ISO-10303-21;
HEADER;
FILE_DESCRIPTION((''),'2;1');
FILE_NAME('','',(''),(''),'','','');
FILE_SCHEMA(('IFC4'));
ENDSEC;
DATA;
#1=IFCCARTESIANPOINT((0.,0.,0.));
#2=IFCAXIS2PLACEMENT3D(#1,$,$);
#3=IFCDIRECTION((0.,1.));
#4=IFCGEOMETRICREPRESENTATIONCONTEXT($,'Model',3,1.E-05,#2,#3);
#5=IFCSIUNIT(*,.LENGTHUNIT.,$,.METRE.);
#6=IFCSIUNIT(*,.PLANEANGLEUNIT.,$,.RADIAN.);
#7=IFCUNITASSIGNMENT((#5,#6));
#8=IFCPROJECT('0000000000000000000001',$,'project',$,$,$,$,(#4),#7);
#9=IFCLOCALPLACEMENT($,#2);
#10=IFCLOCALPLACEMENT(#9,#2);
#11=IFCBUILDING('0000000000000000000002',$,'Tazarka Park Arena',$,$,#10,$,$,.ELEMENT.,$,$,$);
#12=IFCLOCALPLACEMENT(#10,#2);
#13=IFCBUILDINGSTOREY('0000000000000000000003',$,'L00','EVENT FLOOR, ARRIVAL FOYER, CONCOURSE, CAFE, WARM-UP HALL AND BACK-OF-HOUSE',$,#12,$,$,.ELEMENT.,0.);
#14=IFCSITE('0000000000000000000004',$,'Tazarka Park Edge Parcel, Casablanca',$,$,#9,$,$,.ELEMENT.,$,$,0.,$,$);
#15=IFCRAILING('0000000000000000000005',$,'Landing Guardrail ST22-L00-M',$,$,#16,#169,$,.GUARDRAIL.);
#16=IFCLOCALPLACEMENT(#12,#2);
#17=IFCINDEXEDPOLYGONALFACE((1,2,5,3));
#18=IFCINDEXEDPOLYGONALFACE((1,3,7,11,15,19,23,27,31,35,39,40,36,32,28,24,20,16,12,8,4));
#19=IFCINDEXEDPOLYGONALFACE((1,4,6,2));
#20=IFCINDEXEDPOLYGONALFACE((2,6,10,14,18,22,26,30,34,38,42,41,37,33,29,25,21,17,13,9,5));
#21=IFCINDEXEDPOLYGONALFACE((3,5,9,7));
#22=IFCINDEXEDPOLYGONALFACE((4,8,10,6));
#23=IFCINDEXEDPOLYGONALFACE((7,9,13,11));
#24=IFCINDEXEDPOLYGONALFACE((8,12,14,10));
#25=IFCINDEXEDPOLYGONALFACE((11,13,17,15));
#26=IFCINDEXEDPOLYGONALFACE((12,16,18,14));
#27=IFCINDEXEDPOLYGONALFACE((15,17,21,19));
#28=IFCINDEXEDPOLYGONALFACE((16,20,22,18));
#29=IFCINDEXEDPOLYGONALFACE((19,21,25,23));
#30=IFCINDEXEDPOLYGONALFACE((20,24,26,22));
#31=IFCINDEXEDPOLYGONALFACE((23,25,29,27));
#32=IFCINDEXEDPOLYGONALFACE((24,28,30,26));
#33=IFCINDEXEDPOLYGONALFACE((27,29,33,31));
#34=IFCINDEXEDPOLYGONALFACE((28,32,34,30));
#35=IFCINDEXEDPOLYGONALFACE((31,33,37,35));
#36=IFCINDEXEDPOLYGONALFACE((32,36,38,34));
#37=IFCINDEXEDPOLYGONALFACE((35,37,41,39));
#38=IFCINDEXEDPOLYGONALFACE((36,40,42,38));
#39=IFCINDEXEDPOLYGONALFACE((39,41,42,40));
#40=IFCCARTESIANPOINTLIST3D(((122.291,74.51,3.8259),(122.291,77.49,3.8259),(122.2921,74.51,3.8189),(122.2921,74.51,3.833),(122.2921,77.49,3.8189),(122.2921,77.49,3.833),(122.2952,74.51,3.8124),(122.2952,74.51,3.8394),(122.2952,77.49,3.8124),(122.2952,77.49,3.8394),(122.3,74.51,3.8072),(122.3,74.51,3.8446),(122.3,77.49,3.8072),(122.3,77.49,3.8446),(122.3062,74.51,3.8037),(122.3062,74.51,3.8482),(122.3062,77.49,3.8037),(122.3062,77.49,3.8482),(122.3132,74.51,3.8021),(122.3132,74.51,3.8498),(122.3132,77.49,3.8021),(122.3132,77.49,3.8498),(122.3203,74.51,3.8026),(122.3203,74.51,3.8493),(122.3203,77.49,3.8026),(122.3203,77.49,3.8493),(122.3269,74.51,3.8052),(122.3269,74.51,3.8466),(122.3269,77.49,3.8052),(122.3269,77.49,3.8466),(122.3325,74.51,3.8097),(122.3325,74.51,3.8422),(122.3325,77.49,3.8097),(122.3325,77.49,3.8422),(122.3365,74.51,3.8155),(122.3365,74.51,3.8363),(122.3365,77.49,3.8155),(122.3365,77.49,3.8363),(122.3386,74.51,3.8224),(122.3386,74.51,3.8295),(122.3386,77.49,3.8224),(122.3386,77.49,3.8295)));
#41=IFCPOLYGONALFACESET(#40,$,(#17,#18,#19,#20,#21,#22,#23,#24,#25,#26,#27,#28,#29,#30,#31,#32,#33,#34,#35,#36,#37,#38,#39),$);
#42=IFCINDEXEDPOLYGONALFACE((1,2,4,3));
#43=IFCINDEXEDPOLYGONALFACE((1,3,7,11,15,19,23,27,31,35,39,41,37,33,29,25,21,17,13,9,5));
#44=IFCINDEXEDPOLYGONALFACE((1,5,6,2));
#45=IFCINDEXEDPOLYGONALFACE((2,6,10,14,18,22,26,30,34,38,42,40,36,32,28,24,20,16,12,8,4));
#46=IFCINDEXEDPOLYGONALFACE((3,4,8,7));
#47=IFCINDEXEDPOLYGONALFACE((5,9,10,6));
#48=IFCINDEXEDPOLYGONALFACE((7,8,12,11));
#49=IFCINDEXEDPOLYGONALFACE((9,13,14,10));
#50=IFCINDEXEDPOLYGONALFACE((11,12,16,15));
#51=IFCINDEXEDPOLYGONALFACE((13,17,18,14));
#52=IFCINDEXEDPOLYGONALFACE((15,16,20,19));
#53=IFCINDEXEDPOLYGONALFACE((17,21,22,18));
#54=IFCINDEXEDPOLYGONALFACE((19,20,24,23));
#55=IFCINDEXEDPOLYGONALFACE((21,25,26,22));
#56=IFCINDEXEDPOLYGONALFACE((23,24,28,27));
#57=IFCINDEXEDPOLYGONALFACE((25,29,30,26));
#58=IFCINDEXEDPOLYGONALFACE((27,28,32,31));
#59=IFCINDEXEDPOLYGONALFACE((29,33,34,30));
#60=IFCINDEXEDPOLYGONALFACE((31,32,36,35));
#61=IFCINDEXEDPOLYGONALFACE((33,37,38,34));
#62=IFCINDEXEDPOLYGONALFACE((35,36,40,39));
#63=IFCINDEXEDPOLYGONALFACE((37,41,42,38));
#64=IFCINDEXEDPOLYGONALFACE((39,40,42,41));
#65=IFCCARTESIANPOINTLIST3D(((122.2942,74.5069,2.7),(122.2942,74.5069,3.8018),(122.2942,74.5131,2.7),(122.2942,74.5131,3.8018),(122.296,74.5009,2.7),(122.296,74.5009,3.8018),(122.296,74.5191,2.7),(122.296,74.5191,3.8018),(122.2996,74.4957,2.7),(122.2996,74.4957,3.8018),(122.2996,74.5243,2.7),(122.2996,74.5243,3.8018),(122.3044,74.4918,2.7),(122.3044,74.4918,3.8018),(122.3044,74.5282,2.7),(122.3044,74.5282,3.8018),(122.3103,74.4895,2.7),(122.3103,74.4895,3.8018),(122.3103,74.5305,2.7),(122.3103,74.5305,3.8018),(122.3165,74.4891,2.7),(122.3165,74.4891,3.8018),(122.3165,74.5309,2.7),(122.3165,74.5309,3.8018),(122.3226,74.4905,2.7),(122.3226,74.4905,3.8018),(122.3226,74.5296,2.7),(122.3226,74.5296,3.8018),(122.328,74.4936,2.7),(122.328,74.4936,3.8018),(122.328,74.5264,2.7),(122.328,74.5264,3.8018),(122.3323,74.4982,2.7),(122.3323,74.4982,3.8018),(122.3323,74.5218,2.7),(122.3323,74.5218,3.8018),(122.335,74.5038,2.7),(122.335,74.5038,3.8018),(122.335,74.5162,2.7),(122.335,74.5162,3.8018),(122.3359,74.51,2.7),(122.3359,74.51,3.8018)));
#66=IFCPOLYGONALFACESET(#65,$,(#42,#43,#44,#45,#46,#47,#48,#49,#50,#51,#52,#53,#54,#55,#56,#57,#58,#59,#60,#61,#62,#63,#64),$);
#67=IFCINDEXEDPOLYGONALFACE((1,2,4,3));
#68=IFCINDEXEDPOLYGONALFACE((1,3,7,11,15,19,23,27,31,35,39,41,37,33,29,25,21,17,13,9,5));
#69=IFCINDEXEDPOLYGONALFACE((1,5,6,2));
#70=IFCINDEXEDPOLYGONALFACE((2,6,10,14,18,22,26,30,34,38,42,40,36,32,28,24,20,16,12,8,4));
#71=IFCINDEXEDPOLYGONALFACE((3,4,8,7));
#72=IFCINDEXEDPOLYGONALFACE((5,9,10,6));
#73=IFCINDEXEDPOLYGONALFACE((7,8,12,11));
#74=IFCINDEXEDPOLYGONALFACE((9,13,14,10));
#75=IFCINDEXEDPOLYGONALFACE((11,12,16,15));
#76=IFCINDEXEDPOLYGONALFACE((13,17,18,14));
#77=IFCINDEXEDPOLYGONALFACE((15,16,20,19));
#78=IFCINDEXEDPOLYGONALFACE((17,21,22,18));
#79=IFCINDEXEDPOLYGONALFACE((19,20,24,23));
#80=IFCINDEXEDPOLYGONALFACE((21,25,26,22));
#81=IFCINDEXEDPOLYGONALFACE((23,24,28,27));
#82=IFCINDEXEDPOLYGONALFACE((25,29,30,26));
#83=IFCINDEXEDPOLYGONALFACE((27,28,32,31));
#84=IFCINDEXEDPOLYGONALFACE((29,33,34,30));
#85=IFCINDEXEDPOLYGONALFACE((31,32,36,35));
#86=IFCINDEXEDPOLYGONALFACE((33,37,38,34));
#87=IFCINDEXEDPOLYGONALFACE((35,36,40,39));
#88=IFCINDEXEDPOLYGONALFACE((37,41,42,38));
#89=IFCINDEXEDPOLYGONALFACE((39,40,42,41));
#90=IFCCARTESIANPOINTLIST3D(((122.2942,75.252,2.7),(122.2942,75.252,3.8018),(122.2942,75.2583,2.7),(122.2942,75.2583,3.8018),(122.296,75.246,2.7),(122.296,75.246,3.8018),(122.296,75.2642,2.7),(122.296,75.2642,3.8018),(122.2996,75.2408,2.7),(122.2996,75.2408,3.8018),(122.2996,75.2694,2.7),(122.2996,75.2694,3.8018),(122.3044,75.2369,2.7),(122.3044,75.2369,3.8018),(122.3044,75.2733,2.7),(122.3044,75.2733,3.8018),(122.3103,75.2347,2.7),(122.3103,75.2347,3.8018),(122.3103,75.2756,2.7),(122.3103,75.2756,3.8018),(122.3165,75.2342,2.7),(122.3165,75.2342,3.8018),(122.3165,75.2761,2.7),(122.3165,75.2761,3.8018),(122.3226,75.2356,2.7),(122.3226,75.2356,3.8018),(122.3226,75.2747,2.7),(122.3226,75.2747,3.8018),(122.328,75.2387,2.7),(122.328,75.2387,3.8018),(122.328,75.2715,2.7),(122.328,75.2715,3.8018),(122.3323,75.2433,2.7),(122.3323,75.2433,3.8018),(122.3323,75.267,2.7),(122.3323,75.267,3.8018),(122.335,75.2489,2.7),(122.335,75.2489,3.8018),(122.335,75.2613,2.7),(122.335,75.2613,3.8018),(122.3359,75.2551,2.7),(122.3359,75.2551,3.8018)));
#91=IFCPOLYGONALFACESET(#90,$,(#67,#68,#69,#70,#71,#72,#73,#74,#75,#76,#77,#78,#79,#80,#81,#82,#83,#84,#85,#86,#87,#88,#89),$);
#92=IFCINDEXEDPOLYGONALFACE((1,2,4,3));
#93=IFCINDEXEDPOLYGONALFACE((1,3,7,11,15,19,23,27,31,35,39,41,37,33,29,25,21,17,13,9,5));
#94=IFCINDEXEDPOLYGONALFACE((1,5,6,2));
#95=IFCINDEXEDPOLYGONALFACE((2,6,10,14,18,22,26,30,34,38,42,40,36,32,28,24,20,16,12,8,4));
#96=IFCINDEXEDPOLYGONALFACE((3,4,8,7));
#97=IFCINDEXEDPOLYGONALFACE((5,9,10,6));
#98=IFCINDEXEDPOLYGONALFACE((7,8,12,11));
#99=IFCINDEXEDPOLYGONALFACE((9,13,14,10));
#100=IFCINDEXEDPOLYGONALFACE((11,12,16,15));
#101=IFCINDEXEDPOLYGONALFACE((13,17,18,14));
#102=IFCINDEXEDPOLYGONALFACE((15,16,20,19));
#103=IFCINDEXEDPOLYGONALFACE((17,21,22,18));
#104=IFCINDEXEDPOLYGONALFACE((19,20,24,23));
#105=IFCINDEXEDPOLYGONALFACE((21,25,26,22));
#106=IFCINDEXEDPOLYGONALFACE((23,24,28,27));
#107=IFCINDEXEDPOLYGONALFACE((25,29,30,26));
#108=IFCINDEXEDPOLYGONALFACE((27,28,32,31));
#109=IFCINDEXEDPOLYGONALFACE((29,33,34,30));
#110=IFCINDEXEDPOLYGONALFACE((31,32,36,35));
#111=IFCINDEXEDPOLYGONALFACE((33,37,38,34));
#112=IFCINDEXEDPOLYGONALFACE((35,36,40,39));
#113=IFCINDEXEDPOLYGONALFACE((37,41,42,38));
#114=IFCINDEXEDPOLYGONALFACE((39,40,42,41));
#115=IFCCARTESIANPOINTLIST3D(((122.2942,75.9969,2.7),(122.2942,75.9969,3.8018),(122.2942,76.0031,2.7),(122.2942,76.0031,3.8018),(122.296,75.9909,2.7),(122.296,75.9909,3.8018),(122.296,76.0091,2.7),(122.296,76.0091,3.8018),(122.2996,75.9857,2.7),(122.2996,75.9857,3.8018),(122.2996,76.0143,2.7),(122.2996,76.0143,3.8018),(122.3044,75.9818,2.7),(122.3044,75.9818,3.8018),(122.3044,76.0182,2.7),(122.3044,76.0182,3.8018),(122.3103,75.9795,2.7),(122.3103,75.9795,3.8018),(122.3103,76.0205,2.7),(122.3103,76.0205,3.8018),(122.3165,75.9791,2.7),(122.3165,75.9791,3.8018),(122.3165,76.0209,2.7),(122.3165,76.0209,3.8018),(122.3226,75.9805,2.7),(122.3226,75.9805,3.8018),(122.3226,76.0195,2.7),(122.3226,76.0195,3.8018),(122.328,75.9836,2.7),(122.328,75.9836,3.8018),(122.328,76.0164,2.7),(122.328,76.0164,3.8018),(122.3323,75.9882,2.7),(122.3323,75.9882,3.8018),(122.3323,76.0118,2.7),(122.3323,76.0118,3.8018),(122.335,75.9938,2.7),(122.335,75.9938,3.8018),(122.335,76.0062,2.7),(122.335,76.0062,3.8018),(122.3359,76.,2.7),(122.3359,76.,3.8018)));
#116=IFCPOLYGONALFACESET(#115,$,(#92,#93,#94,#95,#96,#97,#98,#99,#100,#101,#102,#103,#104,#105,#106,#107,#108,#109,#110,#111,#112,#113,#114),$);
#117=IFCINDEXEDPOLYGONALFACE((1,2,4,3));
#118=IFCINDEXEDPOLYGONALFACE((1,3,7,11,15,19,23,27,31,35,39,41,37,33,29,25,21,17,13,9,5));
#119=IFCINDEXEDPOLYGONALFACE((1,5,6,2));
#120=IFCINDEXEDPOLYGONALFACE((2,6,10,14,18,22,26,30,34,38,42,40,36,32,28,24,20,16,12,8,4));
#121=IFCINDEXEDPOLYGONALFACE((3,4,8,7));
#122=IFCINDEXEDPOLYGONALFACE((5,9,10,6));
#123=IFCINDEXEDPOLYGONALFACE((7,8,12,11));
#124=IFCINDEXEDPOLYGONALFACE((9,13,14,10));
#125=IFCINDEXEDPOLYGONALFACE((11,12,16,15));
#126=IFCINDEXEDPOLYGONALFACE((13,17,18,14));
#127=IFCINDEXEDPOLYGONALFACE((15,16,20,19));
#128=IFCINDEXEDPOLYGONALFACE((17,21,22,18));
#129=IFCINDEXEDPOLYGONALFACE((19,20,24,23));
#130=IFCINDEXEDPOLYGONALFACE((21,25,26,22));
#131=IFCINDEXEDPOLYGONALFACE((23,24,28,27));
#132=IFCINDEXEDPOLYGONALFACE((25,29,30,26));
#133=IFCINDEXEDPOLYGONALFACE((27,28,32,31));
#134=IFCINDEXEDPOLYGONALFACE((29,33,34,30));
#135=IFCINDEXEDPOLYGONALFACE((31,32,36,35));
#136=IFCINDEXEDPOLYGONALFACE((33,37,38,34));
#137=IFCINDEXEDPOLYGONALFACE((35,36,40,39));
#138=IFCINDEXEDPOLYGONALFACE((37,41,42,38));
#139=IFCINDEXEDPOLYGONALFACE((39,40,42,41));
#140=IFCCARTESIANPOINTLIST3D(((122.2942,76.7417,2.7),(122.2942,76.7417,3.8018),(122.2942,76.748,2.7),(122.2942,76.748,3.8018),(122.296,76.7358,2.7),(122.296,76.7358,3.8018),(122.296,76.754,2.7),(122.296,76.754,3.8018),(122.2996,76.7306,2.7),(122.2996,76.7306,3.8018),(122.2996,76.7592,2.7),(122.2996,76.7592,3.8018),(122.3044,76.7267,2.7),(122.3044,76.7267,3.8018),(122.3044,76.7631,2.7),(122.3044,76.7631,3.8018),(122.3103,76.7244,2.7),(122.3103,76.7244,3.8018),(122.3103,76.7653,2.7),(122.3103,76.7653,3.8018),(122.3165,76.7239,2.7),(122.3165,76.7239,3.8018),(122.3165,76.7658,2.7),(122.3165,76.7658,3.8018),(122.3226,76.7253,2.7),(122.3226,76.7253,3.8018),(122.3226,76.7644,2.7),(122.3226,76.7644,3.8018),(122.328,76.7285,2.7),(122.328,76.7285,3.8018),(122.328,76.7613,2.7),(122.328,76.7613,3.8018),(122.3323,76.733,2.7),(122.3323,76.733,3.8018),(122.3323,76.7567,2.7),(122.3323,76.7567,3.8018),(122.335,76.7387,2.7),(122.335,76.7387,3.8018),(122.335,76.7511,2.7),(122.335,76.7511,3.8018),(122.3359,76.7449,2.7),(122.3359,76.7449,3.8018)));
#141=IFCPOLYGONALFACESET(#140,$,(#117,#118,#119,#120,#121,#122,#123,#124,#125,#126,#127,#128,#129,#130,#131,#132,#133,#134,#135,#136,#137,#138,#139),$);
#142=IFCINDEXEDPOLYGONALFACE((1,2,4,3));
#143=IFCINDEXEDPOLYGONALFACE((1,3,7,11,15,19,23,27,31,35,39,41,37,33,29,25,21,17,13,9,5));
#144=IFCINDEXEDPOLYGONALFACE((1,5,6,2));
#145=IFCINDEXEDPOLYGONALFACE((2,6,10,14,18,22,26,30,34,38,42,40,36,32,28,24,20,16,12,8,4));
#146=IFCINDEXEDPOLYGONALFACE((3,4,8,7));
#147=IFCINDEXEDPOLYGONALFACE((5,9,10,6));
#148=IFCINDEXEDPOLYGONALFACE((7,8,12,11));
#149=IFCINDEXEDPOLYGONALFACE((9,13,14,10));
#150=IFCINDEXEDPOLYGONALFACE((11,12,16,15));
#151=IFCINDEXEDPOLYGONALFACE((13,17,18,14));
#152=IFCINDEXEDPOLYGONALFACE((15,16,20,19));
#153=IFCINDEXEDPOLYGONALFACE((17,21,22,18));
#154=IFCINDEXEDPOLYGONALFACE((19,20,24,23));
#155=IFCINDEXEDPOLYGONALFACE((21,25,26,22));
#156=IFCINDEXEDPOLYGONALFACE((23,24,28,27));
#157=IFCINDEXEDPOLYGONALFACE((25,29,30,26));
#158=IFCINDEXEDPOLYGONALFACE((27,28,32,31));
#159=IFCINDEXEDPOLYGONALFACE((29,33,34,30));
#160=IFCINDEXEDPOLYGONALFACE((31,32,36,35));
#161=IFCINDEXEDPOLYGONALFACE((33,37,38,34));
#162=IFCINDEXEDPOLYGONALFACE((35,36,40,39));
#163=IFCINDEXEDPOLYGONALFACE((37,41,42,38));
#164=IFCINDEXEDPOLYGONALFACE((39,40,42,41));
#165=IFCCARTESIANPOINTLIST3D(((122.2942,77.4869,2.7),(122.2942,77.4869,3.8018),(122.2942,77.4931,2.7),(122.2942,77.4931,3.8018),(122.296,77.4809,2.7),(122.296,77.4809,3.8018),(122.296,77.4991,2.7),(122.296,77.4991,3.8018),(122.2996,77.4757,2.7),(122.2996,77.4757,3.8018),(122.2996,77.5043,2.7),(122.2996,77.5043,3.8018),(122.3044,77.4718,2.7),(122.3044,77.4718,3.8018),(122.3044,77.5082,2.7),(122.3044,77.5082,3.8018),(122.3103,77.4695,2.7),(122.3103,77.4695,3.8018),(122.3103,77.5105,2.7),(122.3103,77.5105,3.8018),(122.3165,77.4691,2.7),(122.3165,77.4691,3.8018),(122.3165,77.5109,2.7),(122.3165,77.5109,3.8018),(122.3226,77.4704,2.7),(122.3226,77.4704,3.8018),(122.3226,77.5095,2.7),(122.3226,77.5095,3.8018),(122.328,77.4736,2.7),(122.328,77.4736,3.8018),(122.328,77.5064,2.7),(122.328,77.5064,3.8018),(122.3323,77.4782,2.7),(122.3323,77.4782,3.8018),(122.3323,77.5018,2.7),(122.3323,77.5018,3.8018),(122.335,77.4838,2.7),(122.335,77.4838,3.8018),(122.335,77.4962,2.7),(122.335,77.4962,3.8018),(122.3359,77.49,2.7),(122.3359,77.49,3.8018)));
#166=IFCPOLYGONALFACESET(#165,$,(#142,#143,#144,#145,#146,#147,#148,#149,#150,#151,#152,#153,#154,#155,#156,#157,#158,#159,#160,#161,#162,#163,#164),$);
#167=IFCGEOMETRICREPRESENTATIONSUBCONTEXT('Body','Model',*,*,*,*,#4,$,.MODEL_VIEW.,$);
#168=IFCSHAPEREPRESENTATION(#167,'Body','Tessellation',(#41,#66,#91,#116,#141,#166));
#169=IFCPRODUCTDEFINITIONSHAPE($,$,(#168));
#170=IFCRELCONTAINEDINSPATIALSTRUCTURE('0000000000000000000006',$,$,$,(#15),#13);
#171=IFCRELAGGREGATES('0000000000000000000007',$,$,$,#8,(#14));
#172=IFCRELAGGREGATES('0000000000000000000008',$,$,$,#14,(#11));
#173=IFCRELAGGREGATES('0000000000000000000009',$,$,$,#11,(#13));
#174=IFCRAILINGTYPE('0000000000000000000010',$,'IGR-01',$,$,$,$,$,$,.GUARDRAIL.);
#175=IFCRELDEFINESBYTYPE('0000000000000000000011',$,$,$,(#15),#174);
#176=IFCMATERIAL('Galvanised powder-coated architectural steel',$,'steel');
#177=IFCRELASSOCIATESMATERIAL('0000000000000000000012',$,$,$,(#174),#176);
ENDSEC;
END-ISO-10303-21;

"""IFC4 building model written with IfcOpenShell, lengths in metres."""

from ifc_helpers import new_model, si_unit, direction, frame, origin, origin_2d, place, context, subcontext, project, spatial, circle, extrude, material, type_object, element, save


model = new_model("IFC4")

# Units and contexts
model_context = context("Model", 3, precision=1e-05, world=origin(), true_north=direction((0.0, 1.0)))
body_context = subcontext(model_context, "Body", "Model", "MODEL_VIEW")
ifc_project = project(units=[si_unit("LENGTHUNIT", "METRE"), si_unit("PLANEANGLEUNIT", "RADIAN")], contexts=[model_context])

# Site, building, storey
site_placement = place(None, origin())
site = spatial("IfcSite", under=ifc_project, at=site_placement, Name="Tazarka Park Edge Parcel, Casablanca", CompositionType="ELEMENT", RefElevation=0.0)
building_placement = place(site_placement, origin())
building = spatial("IfcBuilding", under=site, at=building_placement, Name="Tazarka Park Arena", CompositionType="ELEMENT")
storey_placement = place(building_placement, origin())
storey = spatial("IfcBuildingStorey", under=building, at=storey_placement, Name="L00", Description="EVENT FLOOR, ARRIVAL FOYER, CONCOURSE, CAFE, WARM-UP HALL AND BACK-OF-HOUSE", CompositionType="ELEMENT", Elevation=0.0)

# Railing
ifc_material_1 = material(Name="Galvanised powder-coated architectural steel", Category="steel")
railing_type_1 = type_object("IfcRailingType", Name="IGR-01", PredefinedType="GUARDRAIL", material=ifc_material_1)
for number, where, name in (
    (1, (122.3149, 74.51, 2.7), "Landing Guardrail ST22-L00-M"),
):
    element("IfcRailing", number, at=place(storey_placement, frame(where)), inside=storey, type_object=railing_type_1, Name=name, PredefinedType="GUARDRAIL", context=body_context, shape_type="SweptSolid", body=[
        extrude(circle(Radius=0.0239, at=origin_2d()), frame((0.0, 0.0, 1.126), z_axis=(0.0, 1.0, 0.0), x_axis=(-1.0, 0.0, 0.0)), (0.0, 0.0, 1.0), 2.98),
        extrude(circle(Radius=0.021, at=origin_2d()), origin(), (0.0, 0.0, 1.0), 1.1018),
        extrude(circle(Radius=0.021, at=origin_2d()), frame((0.0, 0.7451, 0.0)), (0.0, 0.0, 1.0), 1.1018),
        extrude(circle(Radius=0.021, at=origin_2d()), frame((0.0, 1.49, 0.0)), (0.0, 0.0, 1.0), 1.1018),
        extrude(circle(Radius=0.021, at=origin_2d()), frame((0.0, 2.2349, 0.0)), (0.0, 0.0, 1.0), 1.1018),
        extrude(circle(Radius=0.021, at=origin_2d()), frame((0.0, 2.98, 0.0)), (0.0, 0.0, 1.0), 1.1018),
    ])

save(model, "model.ifc")
